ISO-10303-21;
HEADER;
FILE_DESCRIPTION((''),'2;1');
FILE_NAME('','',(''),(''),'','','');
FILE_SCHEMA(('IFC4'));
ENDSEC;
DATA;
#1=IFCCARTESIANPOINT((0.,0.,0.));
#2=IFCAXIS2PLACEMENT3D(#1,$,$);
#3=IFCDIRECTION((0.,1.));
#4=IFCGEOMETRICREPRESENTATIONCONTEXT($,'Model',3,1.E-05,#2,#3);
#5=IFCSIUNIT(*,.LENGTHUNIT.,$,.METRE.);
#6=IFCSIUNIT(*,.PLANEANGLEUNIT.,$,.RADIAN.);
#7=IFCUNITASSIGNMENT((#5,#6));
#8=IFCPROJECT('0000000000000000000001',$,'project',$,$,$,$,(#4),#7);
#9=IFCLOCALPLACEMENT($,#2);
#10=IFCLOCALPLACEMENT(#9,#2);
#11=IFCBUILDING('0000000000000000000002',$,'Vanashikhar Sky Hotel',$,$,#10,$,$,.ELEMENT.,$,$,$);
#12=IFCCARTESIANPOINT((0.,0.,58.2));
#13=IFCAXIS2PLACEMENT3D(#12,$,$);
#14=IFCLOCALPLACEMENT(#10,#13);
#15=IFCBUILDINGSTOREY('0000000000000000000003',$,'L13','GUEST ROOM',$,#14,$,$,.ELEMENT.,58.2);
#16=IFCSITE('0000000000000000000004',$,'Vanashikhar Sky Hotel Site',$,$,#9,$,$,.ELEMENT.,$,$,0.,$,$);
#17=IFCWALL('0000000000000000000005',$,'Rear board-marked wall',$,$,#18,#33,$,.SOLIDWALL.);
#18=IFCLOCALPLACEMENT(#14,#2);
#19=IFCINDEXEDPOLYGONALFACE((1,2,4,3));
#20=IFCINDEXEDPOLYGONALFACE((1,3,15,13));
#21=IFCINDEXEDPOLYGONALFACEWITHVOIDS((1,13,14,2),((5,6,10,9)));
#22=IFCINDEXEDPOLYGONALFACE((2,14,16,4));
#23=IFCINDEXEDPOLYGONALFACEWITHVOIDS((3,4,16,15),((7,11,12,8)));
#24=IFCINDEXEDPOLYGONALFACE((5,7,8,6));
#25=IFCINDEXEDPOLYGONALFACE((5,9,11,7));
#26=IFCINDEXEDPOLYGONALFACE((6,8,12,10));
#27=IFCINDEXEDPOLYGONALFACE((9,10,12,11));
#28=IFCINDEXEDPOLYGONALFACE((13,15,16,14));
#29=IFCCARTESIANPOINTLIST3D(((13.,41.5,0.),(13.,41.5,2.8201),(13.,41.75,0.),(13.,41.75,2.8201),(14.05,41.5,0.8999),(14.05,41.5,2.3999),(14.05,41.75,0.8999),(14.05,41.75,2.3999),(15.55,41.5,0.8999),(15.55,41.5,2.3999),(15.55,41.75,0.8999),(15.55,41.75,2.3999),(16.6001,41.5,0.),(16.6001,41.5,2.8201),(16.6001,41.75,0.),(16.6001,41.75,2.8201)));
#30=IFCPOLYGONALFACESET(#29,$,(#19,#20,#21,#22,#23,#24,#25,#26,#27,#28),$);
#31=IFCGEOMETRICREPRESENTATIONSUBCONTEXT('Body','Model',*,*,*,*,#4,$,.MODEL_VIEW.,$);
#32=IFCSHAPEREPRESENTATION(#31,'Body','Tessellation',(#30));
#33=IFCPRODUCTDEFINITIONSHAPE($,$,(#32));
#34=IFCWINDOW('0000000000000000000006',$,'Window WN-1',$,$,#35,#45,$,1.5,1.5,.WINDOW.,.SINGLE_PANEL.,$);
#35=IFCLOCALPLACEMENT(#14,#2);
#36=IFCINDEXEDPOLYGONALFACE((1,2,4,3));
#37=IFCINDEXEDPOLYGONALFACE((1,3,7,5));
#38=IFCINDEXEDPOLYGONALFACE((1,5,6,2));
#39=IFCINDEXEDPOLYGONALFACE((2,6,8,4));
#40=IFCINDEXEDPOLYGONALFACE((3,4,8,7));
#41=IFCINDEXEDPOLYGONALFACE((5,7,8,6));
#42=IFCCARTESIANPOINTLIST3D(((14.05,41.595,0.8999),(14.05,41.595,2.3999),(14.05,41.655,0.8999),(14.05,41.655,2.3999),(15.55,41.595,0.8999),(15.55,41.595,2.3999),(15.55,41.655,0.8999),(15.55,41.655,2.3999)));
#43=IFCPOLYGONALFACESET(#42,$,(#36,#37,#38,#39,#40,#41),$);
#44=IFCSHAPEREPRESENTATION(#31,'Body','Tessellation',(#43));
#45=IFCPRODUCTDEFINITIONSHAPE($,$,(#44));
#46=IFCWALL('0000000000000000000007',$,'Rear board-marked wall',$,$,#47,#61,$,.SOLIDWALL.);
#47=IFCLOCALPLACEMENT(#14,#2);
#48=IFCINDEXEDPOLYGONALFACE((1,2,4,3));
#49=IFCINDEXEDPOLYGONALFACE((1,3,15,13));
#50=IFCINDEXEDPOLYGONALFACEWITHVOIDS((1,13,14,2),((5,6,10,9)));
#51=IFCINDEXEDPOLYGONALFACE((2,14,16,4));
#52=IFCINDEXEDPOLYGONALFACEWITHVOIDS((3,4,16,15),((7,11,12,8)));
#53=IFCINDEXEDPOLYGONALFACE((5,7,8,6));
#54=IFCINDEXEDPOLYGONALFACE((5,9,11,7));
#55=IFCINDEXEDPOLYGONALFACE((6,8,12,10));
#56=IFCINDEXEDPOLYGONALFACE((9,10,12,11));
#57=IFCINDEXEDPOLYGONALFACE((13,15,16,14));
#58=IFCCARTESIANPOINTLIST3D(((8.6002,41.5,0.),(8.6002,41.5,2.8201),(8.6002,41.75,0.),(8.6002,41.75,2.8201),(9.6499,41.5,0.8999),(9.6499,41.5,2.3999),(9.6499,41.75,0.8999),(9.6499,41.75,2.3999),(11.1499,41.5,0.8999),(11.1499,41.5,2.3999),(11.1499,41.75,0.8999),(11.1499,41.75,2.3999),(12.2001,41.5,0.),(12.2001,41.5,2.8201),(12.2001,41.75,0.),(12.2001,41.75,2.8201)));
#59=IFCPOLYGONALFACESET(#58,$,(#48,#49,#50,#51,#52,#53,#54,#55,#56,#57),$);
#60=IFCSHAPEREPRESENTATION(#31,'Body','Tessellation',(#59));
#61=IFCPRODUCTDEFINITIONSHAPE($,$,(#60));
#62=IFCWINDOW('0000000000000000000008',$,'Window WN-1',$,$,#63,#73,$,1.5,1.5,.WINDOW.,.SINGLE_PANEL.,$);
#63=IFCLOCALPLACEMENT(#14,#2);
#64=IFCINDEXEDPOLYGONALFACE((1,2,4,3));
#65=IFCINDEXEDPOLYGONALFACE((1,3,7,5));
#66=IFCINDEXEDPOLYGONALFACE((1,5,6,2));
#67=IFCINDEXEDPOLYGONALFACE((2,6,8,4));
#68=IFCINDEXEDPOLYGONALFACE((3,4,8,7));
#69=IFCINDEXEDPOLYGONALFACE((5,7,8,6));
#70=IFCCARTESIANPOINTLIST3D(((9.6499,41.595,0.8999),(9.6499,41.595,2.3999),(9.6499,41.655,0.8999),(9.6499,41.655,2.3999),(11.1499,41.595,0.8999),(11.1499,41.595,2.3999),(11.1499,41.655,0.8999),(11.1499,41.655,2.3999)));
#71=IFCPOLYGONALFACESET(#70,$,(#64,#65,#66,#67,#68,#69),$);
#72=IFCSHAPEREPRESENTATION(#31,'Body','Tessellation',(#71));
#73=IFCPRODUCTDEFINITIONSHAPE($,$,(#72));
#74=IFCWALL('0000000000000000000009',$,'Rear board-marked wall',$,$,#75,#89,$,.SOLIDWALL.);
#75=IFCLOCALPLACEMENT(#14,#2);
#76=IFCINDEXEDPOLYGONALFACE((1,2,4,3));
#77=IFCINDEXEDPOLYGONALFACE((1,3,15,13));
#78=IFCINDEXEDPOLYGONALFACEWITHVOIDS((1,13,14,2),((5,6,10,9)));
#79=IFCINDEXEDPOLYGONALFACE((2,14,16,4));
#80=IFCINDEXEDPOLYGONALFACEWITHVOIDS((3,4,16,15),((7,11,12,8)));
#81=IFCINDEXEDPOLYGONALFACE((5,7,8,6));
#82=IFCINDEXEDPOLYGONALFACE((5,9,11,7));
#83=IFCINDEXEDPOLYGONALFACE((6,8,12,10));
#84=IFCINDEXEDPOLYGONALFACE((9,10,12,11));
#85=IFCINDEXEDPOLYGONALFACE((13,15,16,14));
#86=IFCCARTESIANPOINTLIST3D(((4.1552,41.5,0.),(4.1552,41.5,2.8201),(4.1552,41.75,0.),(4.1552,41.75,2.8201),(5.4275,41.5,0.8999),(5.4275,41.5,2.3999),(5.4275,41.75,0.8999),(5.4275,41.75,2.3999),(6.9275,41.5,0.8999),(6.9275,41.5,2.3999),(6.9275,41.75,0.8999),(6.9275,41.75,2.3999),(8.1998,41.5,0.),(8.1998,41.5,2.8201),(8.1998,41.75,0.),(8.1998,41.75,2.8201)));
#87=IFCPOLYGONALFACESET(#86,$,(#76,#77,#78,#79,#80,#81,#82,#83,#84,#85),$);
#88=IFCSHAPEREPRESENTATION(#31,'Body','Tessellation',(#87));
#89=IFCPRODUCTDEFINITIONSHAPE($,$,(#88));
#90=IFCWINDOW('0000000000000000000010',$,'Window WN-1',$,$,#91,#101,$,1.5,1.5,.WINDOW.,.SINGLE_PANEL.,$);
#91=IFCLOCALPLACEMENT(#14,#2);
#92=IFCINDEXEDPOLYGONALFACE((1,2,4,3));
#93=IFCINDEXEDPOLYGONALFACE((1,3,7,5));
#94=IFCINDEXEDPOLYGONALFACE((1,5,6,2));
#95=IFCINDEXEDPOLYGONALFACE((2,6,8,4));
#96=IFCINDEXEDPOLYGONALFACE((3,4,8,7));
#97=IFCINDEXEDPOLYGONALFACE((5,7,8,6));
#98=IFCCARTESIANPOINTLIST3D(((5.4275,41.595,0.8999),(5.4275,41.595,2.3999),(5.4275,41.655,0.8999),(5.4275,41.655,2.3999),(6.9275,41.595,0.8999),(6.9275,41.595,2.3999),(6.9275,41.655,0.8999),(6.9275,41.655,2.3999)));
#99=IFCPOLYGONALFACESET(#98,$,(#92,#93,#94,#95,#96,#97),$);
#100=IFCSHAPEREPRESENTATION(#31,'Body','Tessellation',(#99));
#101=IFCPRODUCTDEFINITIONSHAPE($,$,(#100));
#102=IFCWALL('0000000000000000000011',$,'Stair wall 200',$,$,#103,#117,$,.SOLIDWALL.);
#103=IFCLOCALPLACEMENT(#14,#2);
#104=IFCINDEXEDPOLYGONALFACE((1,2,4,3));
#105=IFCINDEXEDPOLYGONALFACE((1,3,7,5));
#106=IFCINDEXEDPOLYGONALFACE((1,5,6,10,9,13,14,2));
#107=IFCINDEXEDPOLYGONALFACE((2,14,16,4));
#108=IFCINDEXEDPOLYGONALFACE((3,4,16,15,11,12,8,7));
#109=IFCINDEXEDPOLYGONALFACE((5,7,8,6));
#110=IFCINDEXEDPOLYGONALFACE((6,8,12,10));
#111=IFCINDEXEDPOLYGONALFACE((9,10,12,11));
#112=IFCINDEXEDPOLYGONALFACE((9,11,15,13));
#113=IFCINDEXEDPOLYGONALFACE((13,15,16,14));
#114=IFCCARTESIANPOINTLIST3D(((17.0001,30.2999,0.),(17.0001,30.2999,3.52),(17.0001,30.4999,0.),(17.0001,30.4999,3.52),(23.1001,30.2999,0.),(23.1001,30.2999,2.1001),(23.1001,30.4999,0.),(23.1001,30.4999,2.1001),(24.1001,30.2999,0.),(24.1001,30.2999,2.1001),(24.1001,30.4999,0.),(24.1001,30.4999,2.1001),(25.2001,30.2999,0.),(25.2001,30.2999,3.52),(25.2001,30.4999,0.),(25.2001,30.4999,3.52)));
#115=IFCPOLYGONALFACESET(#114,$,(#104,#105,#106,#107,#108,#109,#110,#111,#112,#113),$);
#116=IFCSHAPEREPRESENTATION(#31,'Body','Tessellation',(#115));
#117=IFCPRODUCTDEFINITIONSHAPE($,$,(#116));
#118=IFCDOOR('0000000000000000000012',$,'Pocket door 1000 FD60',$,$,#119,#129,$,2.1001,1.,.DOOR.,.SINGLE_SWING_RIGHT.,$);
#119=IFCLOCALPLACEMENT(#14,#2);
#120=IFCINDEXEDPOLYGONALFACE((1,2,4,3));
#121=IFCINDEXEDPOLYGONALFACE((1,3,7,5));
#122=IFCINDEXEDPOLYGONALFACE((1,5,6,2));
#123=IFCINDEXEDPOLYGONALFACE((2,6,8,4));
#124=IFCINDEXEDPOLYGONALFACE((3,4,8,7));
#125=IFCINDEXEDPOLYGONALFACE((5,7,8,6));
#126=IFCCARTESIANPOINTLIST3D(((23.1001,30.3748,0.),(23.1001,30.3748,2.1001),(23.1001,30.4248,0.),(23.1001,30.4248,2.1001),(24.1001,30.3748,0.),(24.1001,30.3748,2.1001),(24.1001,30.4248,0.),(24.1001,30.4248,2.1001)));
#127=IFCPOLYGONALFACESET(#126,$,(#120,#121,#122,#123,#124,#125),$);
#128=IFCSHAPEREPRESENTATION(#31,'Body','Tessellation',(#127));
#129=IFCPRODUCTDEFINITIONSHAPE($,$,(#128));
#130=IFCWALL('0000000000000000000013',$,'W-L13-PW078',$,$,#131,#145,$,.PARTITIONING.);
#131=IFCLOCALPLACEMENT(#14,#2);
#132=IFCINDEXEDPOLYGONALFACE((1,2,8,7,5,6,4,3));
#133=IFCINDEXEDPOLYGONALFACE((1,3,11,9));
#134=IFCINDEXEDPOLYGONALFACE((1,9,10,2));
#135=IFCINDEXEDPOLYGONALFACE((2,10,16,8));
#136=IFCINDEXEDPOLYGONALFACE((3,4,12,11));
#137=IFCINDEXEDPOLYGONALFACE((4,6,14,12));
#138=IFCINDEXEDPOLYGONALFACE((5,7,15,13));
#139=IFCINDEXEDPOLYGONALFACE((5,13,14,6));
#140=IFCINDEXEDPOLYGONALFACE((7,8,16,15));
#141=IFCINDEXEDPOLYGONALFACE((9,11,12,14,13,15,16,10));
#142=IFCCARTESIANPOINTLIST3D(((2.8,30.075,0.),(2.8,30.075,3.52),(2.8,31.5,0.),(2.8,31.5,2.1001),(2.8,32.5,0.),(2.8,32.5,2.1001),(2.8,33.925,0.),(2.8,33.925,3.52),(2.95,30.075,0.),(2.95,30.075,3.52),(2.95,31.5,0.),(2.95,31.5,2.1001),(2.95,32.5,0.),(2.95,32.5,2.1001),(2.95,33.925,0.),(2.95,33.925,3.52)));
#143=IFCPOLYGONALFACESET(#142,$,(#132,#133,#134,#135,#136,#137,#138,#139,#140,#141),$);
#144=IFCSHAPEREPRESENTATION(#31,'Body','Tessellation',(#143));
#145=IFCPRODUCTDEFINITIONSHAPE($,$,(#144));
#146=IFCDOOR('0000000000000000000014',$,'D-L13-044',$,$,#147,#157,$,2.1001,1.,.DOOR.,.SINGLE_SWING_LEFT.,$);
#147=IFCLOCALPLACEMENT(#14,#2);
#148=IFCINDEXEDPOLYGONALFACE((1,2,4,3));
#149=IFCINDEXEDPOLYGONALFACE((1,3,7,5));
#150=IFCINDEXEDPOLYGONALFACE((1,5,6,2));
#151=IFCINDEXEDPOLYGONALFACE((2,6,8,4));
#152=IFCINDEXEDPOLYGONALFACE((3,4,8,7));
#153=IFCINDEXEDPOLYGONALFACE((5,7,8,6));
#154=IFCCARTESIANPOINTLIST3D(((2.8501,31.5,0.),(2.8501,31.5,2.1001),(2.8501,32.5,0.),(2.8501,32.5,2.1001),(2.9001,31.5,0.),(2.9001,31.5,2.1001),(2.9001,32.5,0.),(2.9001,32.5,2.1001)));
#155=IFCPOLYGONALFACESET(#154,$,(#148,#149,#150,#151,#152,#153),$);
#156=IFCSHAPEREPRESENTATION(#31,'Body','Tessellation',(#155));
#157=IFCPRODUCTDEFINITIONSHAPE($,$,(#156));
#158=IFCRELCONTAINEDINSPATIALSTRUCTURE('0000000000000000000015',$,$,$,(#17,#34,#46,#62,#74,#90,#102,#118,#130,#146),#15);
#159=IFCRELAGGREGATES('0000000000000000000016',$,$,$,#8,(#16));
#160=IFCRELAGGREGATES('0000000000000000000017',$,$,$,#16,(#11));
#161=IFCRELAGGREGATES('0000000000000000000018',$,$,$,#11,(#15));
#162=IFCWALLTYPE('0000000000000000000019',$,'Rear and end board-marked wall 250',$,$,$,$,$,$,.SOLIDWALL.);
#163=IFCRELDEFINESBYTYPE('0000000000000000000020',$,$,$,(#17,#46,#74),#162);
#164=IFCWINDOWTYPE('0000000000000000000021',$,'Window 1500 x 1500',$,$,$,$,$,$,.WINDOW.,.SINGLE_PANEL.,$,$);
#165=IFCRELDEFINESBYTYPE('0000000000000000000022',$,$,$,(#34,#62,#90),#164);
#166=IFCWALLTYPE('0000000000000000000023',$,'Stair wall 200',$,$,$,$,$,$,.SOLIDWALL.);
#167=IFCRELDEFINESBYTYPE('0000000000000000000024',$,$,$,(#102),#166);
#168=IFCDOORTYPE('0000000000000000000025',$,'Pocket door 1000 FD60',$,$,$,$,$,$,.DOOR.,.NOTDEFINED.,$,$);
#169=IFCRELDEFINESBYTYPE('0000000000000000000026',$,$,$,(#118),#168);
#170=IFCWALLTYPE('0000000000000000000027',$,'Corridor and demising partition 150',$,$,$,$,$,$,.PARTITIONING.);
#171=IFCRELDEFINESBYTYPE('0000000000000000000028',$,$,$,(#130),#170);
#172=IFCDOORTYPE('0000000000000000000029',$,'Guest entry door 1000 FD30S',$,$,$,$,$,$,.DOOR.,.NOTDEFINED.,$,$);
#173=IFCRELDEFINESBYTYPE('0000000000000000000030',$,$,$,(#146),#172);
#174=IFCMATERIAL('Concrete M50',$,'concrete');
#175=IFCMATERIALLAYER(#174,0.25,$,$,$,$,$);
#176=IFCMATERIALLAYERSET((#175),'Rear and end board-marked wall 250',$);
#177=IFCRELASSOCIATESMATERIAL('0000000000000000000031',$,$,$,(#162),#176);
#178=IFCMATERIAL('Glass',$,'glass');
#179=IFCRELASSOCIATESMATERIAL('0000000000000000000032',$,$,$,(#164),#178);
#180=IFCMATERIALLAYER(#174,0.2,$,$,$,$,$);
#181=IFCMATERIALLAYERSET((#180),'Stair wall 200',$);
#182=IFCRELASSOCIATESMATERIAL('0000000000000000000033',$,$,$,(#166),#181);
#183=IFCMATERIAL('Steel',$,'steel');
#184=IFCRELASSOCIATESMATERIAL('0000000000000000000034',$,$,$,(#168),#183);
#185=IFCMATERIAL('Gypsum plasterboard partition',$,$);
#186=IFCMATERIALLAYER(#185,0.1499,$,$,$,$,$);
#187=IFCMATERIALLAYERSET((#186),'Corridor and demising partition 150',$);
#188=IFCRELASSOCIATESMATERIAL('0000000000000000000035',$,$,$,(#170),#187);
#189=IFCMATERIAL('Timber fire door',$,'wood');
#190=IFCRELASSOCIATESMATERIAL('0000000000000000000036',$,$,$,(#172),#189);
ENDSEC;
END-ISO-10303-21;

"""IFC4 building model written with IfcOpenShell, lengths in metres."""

from ifc_helpers import new_model, si_unit, direction, frame, frame_2d, origin, place, context, subcontext, project, spatial, rectangle, extrude, source, transform, mapped, material, layer, layer_set, type_object, element, fill, save


model = new_model("IFC4")

# Units and contexts
model_context = context("Model", 3, precision=1e-05, world=origin(), true_north=direction((0.0, 1.0)))
body_context = subcontext(model_context, "Body", "Model", "MODEL_VIEW")
ifc_project = project(units=[si_unit("LENGTHUNIT", "METRE"), si_unit("PLANEANGLEUNIT", "RADIAN")], contexts=[model_context])

# Site, building, storey
site_placement = place(None, origin())
site = spatial("IfcSite", under=ifc_project, at=site_placement, Name="Vanashikhar Sky Hotel Site", CompositionType="ELEMENT", RefElevation=0.0)
building_placement = place(site_placement, origin())
building = spatial("IfcBuilding", under=site, at=building_placement, Name="Vanashikhar Sky Hotel", CompositionType="ELEMENT")
storey_placement = place(building_placement, frame((0.0, 0.0, 58.2)))
storey = spatial("IfcBuildingStorey", under=building, at=storey_placement, Name="L13", Description="GUEST ROOM", CompositionType="ELEMENT", Elevation=58.2)

# Shared definitions
ifc_material_1 = material(Name="Concrete M50", Category="concrete")

# Shared definitions
ifc_material_2 = material(Name="Glass", Category="glass")

# Shared definitions
ifc_layer_1 = layer(ifc_material_1, 0.25)
ifc_layer_set_1 = layer_set([ifc_layer_1], Name="Rear and end board-marked wall 250")
wall_type_1 = type_object("IfcWallType", Name="Rear and end board-marked wall 250", PredefinedType="SOLIDWALL", material=ifc_layer_set_1)

# Walls, openings, windows
shared_shape_1 = source(origin(), body_context, "Body", "SweptSolid", [
    extrude(rectangle(XDim=3.6001, YDim=0.25, at=frame_2d((1.8, 0.0))), origin(), (0.0, 0.0, 1.0), 2.8201),
])
wall_1_placement = place(storey_placement, frame((16.6001, 41.625, 0.0), z_axis=(0.0, 0.0, 1.0), x_axis=(-1.0, 0.0, 0.0)))
wall_1 = element("IfcWall", 1, at=wall_1_placement, inside=storey, type_object=wall_type_1, Name="Rear board-marked wall", PredefinedType="SOLIDWALL", context=body_context, shape_type="MappedRepresentation", body=[
    mapped(shared_shape_1, transform((0.0, 0.0, 0.0), scale=1.0)),
])
shared_shape_2 = source(origin(), body_context, "Body", "SweptSolid", [
    extrude(rectangle(XDim=1.5, YDim=1.5, at=frame_2d((0.75, 0.75))), frame((0.0, 0.135, 0.0), z_axis=(0.0, -1.0, 0.0), x_axis=(1.0, 0.0, 0.0)), (0.0, 0.0, 1.0), 0.27),
])
opening_1_placement = place(wall_1_placement, frame((1.05, 0.0, 0.8999)))
opening_1 = element("IfcOpeningElement", 2, at=opening_1_placement, cuts=wall_1, PredefinedType="OPENING", context=body_context, shape_type="MappedRepresentation", body=[
    mapped(shared_shape_2, transform((0.0, 0.0, 0.0), scale=1.0)),
])
window_type_1 = type_object("IfcWindowType", Name="Window 1500 x 1500", PartitioningType="SINGLE_PANEL", PredefinedType="WINDOW", material=ifc_material_2)
shared_shape_3 = source(origin(), body_context, "Body", "SweptSolid", [
    extrude(rectangle(XDim=1.5, YDim=1.5, at=frame_2d((0.75, 0.75))), frame((0.0, 0.03, 0.0), z_axis=(0.0, -1.0, 0.0), x_axis=(1.0, 0.0, 0.0)), (0.0, 0.0, 1.0), 0.0601),
])
window_1_placement = place(opening_1_placement, origin())
window_1 = element("IfcWindow", 3, at=window_1_placement, inside=storey, type_object=window_type_1, Name="Window WN-1", OverallHeight=1.5, OverallWidth=1.5, PartitioningType="SINGLE_PANEL", PredefinedType="WINDOW", context=body_context, shape_type="MappedRepresentation", body=[
    mapped(shared_shape_3, transform((0.0, 0.0, 0.0), scale=1.0)),
])
fill(opening_1, window_1)
shared_shape_4 = source(origin(), body_context, "Body", "SweptSolid", [
    extrude(rectangle(XDim=3.5999, YDim=0.25, at=frame_2d((1.7998, 0.0))), origin(), (0.0, 0.0, 1.0), 2.8201),
])
wall_2_placement = place(storey_placement, frame((12.2, 41.625, 0.0), z_axis=(0.0, 0.0, 1.0), x_axis=(-1.0, 0.0, 0.0)))
wall_2 = element("IfcWall", 4, at=wall_2_placement, inside=storey, type_object=wall_type_1, Name="Rear board-marked wall", PredefinedType="SOLIDWALL", context=body_context, shape_type="MappedRepresentation", body=[
    mapped(shared_shape_4, transform((0.0, 0.0, 0.0), scale=1.0)),
])
opening_2_placement = place(wall_2_placement, frame((1.05, 0.0, 0.8999)))
opening_2 = element("IfcOpeningElement", 5, at=opening_2_placement, cuts=wall_2, PredefinedType="OPENING", context=body_context, shape_type="MappedRepresentation", body=[
    mapped(shared_shape_2, transform((0.0, 0.0, 0.0), scale=1.0)),
])
window_2_placement = place(opening_2_placement, origin())
window_2 = element("IfcWindow", 6, at=window_2_placement, inside=storey, type_object=window_type_1, Name="Window WN-1", OverallHeight=1.5, OverallWidth=1.5, PartitioningType="SINGLE_PANEL", PredefinedType="WINDOW", context=body_context, shape_type="MappedRepresentation", body=[
    mapped(shared_shape_3, transform((0.0, 0.0, 0.0), scale=1.0)),
])
fill(opening_2, window_2)
shared_shape_5 = source(origin(), body_context, "Body", "SweptSolid", [
    extrude(rectangle(XDim=4.0447, YDim=0.25, at=frame_2d((2.0225, 0.0))), origin(), (0.0, 0.0, 1.0), 2.8201),
])
wall_3_placement = place(storey_placement, frame((8.2, 41.625, 0.0), z_axis=(0.0, 0.0, 1.0), x_axis=(-1.0, 0.0, 0.0)))
wall_3 = element("IfcWall", 7, at=wall_3_placement, inside=storey, type_object=wall_type_1, Name="Rear board-marked wall", PredefinedType="SOLIDWALL", context=body_context, shape_type="MappedRepresentation", body=[
    mapped(shared_shape_5, transform((0.0, 0.0, 0.0), scale=1.0)),
])
opening_3_placement = place(wall_3_placement, frame((1.2725, 0.0, 0.8999)))
opening_3 = element("IfcOpeningElement", 8, at=opening_3_placement, cuts=wall_3, PredefinedType="OPENING", context=body_context, shape_type="MappedRepresentation", body=[
    mapped(shared_shape_2, transform((0.0, 0.0, 0.0), scale=1.0)),
])
window_3_placement = place(opening_3_placement, origin())
window_3 = element("IfcWindow", 9, at=window_3_placement, inside=storey, type_object=window_type_1, Name="Window WN-1", OverallHeight=1.5, OverallWidth=1.5, PartitioningType="SINGLE_PANEL", PredefinedType="WINDOW", context=body_context, shape_type="MappedRepresentation", body=[
    mapped(shared_shape_3, transform((0.0, 0.0, 0.0), scale=1.0)),
])
fill(opening_3, window_3)

# Walls, openings, doors
ifc_layer_2 = layer(ifc_material_1, 0.2)
ifc_layer_set_2 = layer_set([ifc_layer_2], Name="Stair wall 200")
wall_type_2 = type_object("IfcWallType", Name="Stair wall 200", PredefinedType="SOLIDWALL", material=ifc_layer_set_2)
shared_shape_6 = source(origin(), body_context, "Body", "SweptSolid", [
    extrude(rectangle(XDim=8.2, YDim=0.2, at=frame_2d((4.1001, 0.0))), origin(), (0.0, 0.0, 1.0), 3.52),
])
wall_4_placement = place(storey_placement, frame((17.0, 30.3999, 0.0), z_axis=(0.0, 0.0, 1.0), x_axis=(1.0, 0.0, 0.0)))
wall_4 = element("IfcWall", 10, at=wall_4_placement, inside=storey, type_object=wall_type_2, Name="Stair wall 200", PredefinedType="SOLIDWALL", context=body_context, shape_type="MappedRepresentation", body=[
    mapped(shared_shape_6, transform((0.0, 0.0, 0.0), scale=1.0)),
])
shared_shape_7 = source(origin(), body_context, "Body", "SweptSolid", [
    extrude(rectangle(XDim=1.0, YDim=2.1001, at=frame_2d((0.5, 1.05))), frame((0.0, 0.1099, 0.0), z_axis=(0.0, -1.0, 0.0), x_axis=(1.0, 0.0, 0.0)), (0.0, 0.0, 1.0), 0.22),
])
opening_4_placement = place(wall_4_placement, frame((6.1001, 0.0, 0.0)))
opening_4 = element("IfcOpeningElement", 11, at=opening_4_placement, cuts=wall_4, PredefinedType="OPENING", context=body_context, shape_type="MappedRepresentation", body=[
    mapped(shared_shape_7, transform((0.0, 0.0, 0.0), scale=1.0)),
])
ifc_material_3 = material(Name="Steel", Category="steel")
door_type_1 = type_object("IfcDoorType", Name="Pocket door 1000 FD60", OperationType="NOTDEFINED", PredefinedType="DOOR", material=ifc_material_3)
shared_shape_8 = source(origin(), body_context, "Body", "SweptSolid", [
    extrude(rectangle(XDim=1.0, YDim=2.1001, at=frame_2d((0.5, 1.05))), frame((0.0, 0.0249, 0.0), z_axis=(0.0, -1.0, 0.0), x_axis=(1.0, 0.0, 0.0)), (0.0, 0.0, 1.0), 0.05),
])
door_1_placement = place(opening_4_placement, origin())
door_1 = element("IfcDoor", 12, at=door_1_placement, inside=storey, type_object=door_type_1, Name="Pocket door 1000 FD60", OperationType="SINGLE_SWING_RIGHT", OverallHeight=2.1001, OverallWidth=1.0, PredefinedType="DOOR", context=body_context, shape_type="MappedRepresentation", body=[
    mapped(shared_shape_8, transform((0.0, 0.0, 0.0), scale=1.0)),
])
fill(opening_4, door_1)
ifc_material_4 = material(Name="Gypsum plasterboard partition")
ifc_layer_3 = layer(ifc_material_4, 0.1499)
ifc_layer_set_3 = layer_set([ifc_layer_3], Name="Corridor and demising partition 150")
wall_type_3 = type_object("IfcWallType", Name="Corridor and demising partition 150", PredefinedType="PARTITIONING", material=ifc_layer_set_3)
shared_shape_9 = source(origin(), body_context, "Body", "SweptSolid", [
    extrude(rectangle(XDim=3.8501, YDim=0.1499, at=frame_2d((1.925, 0.0))), origin(), (0.0, 0.0, 1.0), 3.52),
])
wall_5_placement = place(storey_placement, frame((2.875, 30.075, 0.0), z_axis=(0.0, 0.0, 1.0), x_axis=(0.0, 1.0, 0.0)))
wall_5 = element("IfcWall", 13, at=wall_5_placement, inside=storey, type_object=wall_type_3, Name="W-L13-PW078", PredefinedType="PARTITIONING", context=body_context, shape_type="MappedRepresentation", body=[
    mapped(shared_shape_9, transform((0.0, 0.0, 0.0), scale=1.0)),
])
shared_shape_10 = source(origin(), body_context, "Body", "SweptSolid", [
    extrude(rectangle(XDim=1.0, YDim=2.1001, at=frame_2d((0.5, 1.05))), frame((0.0, 0.085, 0.0), z_axis=(0.0, -1.0, 0.0), x_axis=(1.0, 0.0, 0.0)), (0.0, 0.0, 1.0), 0.1699),
])
opening_5_placement = place(wall_5_placement, frame((1.425, 0.0, 0.0)))
opening_5 = element("IfcOpeningElement", 14, at=opening_5_placement, cuts=wall_5, PredefinedType="OPENING", context=body_context, shape_type="MappedRepresentation", body=[
    mapped(shared_shape_10, transform((0.0, 0.0, 0.0), scale=1.0)),
])
ifc_material_5 = material(Name="Timber fire door", Category="wood")
door_type_2 = type_object("IfcDoorType", Name="Guest entry door 1000 FD30S", OperationType="NOTDEFINED", PredefinedType="DOOR", material=ifc_material_5)
door_2_placement = place(opening_5_placement, origin())
door_2 = element("IfcDoor", 15, at=door_2_placement, inside=storey, type_object=door_type_2, Name="D-L13-044", OperationType="SINGLE_SWING_LEFT", OverallHeight=2.1001, OverallWidth=1.0, PredefinedType="DOOR", context=body_context, shape_type="MappedRepresentation", body=[
    mapped(shared_shape_8, transform((0.0, 0.0, 0.0), scale=1.0)),
])
fill(opening_5, door_2)

save(model, "model.ifc")
